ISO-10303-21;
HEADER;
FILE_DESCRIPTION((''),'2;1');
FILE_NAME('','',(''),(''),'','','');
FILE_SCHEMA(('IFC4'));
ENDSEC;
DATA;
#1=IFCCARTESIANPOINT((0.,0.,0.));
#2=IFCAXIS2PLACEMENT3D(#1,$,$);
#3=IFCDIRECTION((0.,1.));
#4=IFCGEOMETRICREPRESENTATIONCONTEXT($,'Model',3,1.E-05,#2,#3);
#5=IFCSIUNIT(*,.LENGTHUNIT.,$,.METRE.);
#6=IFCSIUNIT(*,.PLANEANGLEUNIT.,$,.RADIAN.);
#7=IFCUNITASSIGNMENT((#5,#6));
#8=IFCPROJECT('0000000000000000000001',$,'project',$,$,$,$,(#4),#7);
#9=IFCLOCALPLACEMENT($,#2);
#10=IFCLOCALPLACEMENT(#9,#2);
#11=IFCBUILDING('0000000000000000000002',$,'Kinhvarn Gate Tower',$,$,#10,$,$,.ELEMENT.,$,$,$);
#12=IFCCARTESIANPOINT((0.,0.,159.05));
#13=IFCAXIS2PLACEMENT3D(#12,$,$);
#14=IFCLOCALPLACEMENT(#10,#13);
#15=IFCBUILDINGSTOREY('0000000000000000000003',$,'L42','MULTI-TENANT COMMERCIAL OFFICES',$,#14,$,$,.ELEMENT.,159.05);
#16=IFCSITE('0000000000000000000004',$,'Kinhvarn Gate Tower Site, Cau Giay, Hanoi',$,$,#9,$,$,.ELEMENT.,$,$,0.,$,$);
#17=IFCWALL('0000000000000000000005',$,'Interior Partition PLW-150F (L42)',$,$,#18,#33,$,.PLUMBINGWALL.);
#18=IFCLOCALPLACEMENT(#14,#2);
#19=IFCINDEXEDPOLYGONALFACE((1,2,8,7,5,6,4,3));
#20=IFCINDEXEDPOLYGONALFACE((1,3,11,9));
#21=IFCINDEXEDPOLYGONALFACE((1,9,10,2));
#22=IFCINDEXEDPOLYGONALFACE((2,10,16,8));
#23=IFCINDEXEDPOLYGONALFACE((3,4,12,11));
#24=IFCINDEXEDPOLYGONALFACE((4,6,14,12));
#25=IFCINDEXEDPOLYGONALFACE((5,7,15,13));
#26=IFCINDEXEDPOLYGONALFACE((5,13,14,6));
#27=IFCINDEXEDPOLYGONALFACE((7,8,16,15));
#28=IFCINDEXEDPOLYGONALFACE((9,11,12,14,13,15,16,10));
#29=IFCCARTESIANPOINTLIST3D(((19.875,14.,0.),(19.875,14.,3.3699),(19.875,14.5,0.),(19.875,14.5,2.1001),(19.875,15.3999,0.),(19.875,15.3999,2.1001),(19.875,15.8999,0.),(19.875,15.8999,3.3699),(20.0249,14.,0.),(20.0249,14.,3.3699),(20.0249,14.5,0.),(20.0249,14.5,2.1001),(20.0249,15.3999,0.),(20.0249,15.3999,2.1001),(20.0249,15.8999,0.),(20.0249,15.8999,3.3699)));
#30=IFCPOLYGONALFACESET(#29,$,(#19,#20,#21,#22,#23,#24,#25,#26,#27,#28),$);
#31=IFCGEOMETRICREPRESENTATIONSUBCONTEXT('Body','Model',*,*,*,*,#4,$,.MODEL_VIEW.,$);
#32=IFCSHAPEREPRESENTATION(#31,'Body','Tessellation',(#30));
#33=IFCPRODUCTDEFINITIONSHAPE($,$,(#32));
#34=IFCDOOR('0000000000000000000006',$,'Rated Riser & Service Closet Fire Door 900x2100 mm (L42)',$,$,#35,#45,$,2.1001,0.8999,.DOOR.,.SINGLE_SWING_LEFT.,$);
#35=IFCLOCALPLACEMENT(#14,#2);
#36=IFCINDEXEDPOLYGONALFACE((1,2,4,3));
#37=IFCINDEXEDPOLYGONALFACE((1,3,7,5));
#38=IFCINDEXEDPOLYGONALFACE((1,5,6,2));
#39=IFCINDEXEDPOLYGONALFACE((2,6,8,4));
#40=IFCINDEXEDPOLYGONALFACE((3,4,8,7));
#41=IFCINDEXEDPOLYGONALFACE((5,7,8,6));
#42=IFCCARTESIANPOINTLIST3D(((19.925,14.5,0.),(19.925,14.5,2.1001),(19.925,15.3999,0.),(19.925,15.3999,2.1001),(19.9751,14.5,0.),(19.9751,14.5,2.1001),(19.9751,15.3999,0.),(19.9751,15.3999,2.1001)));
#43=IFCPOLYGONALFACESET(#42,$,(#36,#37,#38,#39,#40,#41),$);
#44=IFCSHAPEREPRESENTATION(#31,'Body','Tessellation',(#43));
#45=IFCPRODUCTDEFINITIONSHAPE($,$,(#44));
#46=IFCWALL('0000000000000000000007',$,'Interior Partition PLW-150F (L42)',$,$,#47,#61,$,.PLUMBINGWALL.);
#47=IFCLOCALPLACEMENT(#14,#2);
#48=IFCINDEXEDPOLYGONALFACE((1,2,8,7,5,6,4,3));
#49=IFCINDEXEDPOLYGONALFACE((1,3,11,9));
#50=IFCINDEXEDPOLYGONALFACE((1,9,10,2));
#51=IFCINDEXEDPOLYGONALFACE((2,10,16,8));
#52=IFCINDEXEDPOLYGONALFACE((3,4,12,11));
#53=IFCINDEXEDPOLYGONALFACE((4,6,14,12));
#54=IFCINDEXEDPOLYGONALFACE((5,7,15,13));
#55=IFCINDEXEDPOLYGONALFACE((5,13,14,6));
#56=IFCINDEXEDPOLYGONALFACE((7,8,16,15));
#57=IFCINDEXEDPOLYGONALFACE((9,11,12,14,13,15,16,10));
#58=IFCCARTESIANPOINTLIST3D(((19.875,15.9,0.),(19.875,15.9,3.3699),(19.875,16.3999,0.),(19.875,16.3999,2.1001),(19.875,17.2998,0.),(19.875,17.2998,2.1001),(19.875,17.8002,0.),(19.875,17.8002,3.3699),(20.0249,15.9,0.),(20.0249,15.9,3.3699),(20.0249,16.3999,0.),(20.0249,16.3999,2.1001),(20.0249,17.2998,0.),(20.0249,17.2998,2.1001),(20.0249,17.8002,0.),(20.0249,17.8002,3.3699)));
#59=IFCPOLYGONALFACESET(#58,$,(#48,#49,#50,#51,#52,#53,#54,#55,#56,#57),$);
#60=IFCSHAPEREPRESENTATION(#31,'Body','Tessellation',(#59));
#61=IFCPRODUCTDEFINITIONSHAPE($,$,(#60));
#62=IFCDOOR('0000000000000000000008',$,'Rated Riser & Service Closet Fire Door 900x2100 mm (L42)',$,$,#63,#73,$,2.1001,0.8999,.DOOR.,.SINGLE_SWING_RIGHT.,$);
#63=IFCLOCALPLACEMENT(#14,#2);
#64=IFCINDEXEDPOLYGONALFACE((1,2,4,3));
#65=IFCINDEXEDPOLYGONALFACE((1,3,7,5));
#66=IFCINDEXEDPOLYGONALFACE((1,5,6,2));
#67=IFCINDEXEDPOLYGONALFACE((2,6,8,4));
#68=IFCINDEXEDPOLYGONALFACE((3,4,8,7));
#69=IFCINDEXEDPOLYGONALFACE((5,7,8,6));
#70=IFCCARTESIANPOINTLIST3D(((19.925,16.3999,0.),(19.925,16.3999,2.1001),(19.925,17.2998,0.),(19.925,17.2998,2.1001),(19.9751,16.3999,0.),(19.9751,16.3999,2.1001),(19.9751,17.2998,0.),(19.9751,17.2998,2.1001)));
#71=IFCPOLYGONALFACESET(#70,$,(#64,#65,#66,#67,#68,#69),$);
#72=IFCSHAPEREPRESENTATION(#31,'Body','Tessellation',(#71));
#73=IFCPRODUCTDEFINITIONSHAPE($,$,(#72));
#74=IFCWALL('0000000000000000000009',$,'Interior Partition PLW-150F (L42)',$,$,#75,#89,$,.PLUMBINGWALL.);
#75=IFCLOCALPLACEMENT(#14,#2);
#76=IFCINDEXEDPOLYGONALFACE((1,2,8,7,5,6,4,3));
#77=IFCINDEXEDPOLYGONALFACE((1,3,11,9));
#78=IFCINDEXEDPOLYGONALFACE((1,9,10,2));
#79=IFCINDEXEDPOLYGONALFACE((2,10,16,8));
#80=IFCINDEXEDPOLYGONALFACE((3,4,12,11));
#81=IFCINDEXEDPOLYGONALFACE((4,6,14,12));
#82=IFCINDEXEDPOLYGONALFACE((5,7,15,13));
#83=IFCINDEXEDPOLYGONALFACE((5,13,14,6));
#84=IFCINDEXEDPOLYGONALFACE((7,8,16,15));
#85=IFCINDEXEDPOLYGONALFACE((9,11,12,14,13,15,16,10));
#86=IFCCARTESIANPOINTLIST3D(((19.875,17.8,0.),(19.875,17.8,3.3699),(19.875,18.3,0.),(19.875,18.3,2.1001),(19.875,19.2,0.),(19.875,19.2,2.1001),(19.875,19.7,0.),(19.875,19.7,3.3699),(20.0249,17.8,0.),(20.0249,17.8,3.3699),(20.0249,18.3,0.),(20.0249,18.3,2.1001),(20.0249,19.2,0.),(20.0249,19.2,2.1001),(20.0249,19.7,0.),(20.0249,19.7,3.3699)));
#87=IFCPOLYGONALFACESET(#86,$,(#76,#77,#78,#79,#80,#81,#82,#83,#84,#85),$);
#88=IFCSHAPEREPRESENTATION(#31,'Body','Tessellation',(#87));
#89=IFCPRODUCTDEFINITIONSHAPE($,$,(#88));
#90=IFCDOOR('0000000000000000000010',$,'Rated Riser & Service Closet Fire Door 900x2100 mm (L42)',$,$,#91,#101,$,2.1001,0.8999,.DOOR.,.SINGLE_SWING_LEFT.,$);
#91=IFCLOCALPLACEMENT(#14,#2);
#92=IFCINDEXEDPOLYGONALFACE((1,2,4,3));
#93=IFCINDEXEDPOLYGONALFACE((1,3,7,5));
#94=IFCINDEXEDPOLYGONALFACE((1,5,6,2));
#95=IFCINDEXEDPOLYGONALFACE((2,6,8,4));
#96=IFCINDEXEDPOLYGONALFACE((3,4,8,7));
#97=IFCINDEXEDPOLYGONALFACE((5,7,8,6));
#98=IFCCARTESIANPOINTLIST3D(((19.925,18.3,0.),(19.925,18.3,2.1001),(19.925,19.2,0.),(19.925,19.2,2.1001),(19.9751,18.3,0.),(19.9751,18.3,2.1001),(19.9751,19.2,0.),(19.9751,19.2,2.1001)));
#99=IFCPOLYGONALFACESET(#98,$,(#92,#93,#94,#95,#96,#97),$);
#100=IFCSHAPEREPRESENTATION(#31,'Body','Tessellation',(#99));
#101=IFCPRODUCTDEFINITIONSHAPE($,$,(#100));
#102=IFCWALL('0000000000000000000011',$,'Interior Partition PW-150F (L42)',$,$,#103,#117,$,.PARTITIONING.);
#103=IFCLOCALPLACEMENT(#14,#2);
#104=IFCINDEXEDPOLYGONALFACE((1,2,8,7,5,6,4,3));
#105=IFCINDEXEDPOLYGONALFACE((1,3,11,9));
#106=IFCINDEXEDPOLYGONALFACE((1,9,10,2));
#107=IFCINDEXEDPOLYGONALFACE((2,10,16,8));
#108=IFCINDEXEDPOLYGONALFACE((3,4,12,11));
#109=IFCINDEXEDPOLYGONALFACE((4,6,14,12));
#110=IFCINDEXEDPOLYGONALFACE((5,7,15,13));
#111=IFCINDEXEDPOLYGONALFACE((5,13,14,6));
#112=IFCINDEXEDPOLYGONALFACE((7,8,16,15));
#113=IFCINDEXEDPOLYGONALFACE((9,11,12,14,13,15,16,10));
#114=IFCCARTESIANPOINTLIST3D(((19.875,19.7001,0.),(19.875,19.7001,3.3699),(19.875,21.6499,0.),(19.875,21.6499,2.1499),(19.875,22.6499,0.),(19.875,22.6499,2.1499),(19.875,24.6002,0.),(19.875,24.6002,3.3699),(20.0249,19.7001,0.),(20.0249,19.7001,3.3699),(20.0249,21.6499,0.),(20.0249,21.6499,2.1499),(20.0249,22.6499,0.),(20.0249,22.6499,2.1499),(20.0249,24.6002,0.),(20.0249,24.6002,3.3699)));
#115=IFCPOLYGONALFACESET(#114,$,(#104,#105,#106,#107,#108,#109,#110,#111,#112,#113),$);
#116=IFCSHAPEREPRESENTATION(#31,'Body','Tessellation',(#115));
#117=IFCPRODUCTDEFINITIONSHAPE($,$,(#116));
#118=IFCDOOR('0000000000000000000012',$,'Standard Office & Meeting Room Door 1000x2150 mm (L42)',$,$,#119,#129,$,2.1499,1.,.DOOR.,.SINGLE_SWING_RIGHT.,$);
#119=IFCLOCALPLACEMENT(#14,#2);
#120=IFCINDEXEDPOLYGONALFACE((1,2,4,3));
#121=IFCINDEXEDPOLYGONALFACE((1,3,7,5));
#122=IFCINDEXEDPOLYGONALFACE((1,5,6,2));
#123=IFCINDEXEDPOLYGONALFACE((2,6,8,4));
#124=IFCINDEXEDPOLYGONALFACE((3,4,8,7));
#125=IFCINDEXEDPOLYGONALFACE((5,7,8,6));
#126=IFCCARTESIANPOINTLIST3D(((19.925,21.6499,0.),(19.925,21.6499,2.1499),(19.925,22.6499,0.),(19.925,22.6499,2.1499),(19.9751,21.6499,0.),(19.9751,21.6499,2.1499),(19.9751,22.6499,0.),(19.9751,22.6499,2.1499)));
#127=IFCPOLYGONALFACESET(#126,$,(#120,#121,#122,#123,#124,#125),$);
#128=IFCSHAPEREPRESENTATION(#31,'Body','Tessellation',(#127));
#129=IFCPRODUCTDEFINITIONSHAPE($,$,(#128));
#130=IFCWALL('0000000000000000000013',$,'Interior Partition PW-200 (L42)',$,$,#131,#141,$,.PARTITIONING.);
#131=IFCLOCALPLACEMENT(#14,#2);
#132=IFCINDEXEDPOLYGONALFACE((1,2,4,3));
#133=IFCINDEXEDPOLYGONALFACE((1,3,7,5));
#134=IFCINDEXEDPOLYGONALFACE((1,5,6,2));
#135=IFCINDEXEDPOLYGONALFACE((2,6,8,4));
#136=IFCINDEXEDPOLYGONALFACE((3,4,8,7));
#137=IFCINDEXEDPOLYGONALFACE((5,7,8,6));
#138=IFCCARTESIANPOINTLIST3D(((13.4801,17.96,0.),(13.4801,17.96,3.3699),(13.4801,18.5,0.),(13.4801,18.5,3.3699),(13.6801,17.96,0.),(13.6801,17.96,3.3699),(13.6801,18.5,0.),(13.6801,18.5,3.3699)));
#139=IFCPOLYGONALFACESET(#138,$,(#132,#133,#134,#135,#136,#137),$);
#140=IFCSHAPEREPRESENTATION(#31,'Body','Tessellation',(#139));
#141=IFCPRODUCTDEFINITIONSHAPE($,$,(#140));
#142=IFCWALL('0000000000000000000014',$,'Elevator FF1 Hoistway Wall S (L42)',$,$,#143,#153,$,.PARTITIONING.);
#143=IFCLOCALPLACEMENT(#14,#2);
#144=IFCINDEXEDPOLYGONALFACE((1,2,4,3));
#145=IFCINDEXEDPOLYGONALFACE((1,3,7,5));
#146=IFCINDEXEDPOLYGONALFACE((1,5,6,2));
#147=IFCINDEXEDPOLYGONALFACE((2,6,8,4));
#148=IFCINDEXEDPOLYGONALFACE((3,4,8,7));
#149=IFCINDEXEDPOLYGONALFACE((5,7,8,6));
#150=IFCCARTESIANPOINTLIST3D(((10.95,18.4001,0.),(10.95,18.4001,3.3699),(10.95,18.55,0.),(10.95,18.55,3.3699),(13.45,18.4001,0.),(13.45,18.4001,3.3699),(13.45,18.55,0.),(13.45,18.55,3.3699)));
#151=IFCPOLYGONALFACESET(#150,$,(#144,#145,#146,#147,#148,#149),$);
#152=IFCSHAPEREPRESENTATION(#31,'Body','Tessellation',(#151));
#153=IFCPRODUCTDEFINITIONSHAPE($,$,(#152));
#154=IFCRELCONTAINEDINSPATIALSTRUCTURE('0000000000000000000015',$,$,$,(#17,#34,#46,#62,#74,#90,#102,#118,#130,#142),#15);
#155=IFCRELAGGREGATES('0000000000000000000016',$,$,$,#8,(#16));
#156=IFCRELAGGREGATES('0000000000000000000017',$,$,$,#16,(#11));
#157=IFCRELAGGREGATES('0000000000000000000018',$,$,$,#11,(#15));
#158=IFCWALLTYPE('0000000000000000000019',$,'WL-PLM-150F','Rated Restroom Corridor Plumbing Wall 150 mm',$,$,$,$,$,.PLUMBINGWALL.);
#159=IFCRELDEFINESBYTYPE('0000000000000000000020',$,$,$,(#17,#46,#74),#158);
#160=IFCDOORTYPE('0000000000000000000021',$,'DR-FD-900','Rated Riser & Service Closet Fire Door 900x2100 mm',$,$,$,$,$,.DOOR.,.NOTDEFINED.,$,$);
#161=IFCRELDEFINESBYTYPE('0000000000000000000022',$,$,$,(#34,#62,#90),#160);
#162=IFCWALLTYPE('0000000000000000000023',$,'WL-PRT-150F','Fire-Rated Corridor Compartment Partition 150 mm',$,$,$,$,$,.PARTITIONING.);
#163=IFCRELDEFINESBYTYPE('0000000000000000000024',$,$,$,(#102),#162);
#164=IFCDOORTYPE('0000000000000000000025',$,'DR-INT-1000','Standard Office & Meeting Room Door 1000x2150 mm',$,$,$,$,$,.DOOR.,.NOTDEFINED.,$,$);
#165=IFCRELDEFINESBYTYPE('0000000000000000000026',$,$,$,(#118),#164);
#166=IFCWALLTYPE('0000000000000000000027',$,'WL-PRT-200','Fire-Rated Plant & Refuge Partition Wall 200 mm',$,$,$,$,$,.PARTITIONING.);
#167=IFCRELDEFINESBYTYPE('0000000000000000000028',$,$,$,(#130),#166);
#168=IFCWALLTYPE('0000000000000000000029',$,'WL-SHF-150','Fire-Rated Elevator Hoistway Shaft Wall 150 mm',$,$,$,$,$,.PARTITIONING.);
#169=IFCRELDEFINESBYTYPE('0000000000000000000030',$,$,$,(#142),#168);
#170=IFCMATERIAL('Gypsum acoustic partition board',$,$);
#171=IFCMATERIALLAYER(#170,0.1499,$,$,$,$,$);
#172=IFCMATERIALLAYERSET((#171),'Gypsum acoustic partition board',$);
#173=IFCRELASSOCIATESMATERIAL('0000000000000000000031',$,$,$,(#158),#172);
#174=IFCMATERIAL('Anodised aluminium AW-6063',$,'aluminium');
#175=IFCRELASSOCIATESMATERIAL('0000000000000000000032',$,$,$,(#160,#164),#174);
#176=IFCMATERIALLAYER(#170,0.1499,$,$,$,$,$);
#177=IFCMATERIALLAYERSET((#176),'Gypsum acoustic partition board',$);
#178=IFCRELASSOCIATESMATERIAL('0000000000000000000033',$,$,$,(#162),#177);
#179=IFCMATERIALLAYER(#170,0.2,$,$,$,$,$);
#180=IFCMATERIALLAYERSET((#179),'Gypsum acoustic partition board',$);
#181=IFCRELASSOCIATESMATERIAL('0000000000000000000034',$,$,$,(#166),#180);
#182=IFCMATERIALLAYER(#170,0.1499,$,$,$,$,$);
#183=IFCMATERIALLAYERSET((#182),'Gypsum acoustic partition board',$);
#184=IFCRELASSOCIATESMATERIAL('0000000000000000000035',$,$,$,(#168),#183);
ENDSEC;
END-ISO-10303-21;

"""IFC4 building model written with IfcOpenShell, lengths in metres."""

from ifc_helpers import new_model, si_unit, direction, frame, frame_2d, origin, place, context, subcontext, project, spatial, rectangle, extrude, material, layer, layer_set, type_object, element, fill, save


model = new_model("IFC4")

# Units and contexts
model_context = context("Model", 3, precision=1e-05, world=origin(), true_north=direction((0.0, 1.0)))
body_context = subcontext(model_context, "Body", "Model", "MODEL_VIEW")
ifc_project = project(units=[si_unit("LENGTHUNIT", "METRE"), si_unit("PLANEANGLEUNIT", "RADIAN")], contexts=[model_context])

# Site, building, storey
site_placement = place(None, origin())
site = spatial("IfcSite", under=ifc_project, at=site_placement, Name="Kinhvarn Gate Tower Site, Cau Giay, Hanoi", CompositionType="ELEMENT", RefElevation=0.0)
building_placement = place(site_placement, origin())
building = spatial("IfcBuilding", under=site, at=building_placement, Name="Kinhvarn Gate Tower", CompositionType="ELEMENT")
storey_placement = place(building_placement, frame((0.0, 0.0, 159.05)))
storey = spatial("IfcBuildingStorey", under=building, at=storey_placement, Name="L42", Description="MULTI-TENANT COMMERCIAL OFFICES", CompositionType="ELEMENT", Elevation=159.05)

# Shared definitions
ifc_material_1 = material(Name="Anodised aluminium AW-6063", Category="aluminium")

# Shared definitions
ifc_material_2 = material(Name="Gypsum acoustic partition board")

# Walls, openings, doors
ifc_layer_1 = layer(ifc_material_2, 0.1499)
ifc_layer_set_1 = layer_set([ifc_layer_1], Name="Gypsum acoustic partition board")
wall_type_1 = type_object("IfcWallType", Name="WL-PLM-150F", Description="Rated Restroom Corridor Plumbing Wall 150 mm", PredefinedType="PLUMBINGWALL", material=ifc_layer_set_1)
wall_1_placement = place(storey_placement, frame((19.95, 14.0, 0.0), z_axis=(0.0, 0.0, 1.0), x_axis=(0.0, 1.0, 0.0)))
wall_1 = element("IfcWall", 1, at=wall_1_placement, inside=storey, type_object=wall_type_1, Name="Interior Partition PLW-150F (L42)", PredefinedType="PLUMBINGWALL", context=body_context, shape_type="SweptSolid", body=[
    extrude(rectangle(XDim=1.8999, YDim=0.1499, at=frame_2d((0.95, 0.0))), origin(), (0.0, 0.0, 1.0), 3.3699),
])
opening_1_placement = place(wall_1_placement, frame((0.5, 0.0, 0.0)))
opening_1 = element("IfcOpeningElement", 2, at=opening_1_placement, cuts=wall_1, PredefinedType="OPENING", context=body_context, shape_type="SweptSolid", body=[
    extrude(rectangle(XDim=0.8999, YDim=2.1001, at=frame_2d((0.45, 1.05))), frame((0.0, 0.085, 0.0), z_axis=(0.0, -1.0, 0.0), x_axis=(1.0, 0.0, 0.0)), (0.0, 0.0, 1.0), 0.1699),
])
door_type_1 = type_object("IfcDoorType", Name="DR-FD-900", Description="Rated Riser & Service Closet Fire Door 900x2100 mm", OperationType="NOTDEFINED", PredefinedType="DOOR", material=ifc_material_1)
door_1_placement = place(opening_1_placement, origin())
door_1 = element("IfcDoor", 3, at=door_1_placement, inside=storey, type_object=door_type_1, Name="Rated Riser & Service Closet Fire Door 900x2100 mm (L42)", OperationType="SINGLE_SWING_LEFT", OverallHeight=2.1001, OverallWidth=0.8999, PredefinedType="DOOR", context=body_context, shape_type="SweptSolid", body=[
    extrude(rectangle(XDim=0.8999, YDim=2.1001, at=frame_2d((0.45, 1.05))), frame((0.0, 0.0249, 0.0), z_axis=(0.0, -1.0, 0.0), x_axis=(1.0, 0.0, 0.0)), (0.0, 0.0, 1.0), 0.05),
])
fill(opening_1, door_1)
wall_2_placement = place(storey_placement, frame((19.95, 15.8999, 0.0), z_axis=(0.0, 0.0, 1.0), x_axis=(0.0, 1.0, 0.0)))
wall_2 = element("IfcWall", 4, at=wall_2_placement, inside=storey, type_object=wall_type_1, Name="Interior Partition PLW-150F (L42)", PredefinedType="PLUMBINGWALL", context=body_context, shape_type="SweptSolid", body=[
    extrude(rectangle(XDim=1.9001, YDim=0.1499, at=frame_2d((0.9502, 0.0))), origin(), (0.0, 0.0, 1.0), 3.3699),
])
opening_2_placement = place(wall_2_placement, frame((0.5, 0.0, 0.0)))
opening_2 = element("IfcOpeningElement", 5, at=opening_2_placement, cuts=wall_2, PredefinedType="OPENING", context=body_context, shape_type="SweptSolid", body=[
    extrude(rectangle(XDim=0.8999, YDim=2.1001, at=frame_2d((0.45, 1.05))), frame((0.0, 0.085, 0.0), z_axis=(0.0, -1.0, 0.0), x_axis=(1.0, 0.0, 0.0)), (0.0, 0.0, 1.0), 0.1699),
])
door_2_placement = place(opening_2_placement, origin())
door_2 = element("IfcDoor", 6, at=door_2_placement, inside=storey, type_object=door_type_1, Name="Rated Riser & Service Closet Fire Door 900x2100 mm (L42)", OperationType="SINGLE_SWING_RIGHT", OverallHeight=2.1001, OverallWidth=0.8999, PredefinedType="DOOR", context=body_context, shape_type="SweptSolid", body=[
    extrude(rectangle(XDim=0.8999, YDim=2.1001, at=frame_2d((0.45, 1.05))), frame((0.0, 0.0249, 0.0), z_axis=(0.0, -1.0, 0.0), x_axis=(1.0, 0.0, 0.0)), (0.0, 0.0, 1.0), 0.05),
])
fill(opening_2, door_2)
wall_3_placement = place(storey_placement, frame((19.95, 17.8, 0.0), z_axis=(0.0, 0.0, 1.0), x_axis=(0.0, 1.0, 0.0)))
wall_3 = element("IfcWall", 7, at=wall_3_placement, inside=storey, type_object=wall_type_1, Name="Interior Partition PLW-150F (L42)", PredefinedType="PLUMBINGWALL", context=body_context, shape_type="SweptSolid", body=[
    extrude(rectangle(XDim=1.8999, YDim=0.1499, at=frame_2d((0.95, 0.0))), origin(), (0.0, 0.0, 1.0), 3.3699),
])
opening_3_placement = place(wall_3_placement, frame((0.5, 0.0, 0.0)))
opening_3 = element("IfcOpeningElement", 8, at=opening_3_placement, cuts=wall_3, PredefinedType="OPENING", context=body_context, shape_type="SweptSolid", body=[
    extrude(rectangle(XDim=0.8999, YDim=2.1001, at=frame_2d((0.45, 1.05))), frame((0.0, 0.085, 0.0), z_axis=(0.0, -1.0, 0.0), x_axis=(1.0, 0.0, 0.0)), (0.0, 0.0, 1.0), 0.1699),
])
door_3_placement = place(opening_3_placement, origin())
door_3 = element("IfcDoor", 9, at=door_3_placement, inside=storey, type_object=door_type_1, Name="Rated Riser & Service Closet Fire Door 900x2100 mm (L42)", OperationType="SINGLE_SWING_LEFT", OverallHeight=2.1001, OverallWidth=0.8999, PredefinedType="DOOR", context=body_context, shape_type="SweptSolid", body=[
    extrude(rectangle(XDim=0.8999, YDim=2.1001, at=frame_2d((0.45, 1.05))), frame((0.0, 0.0249, 0.0), z_axis=(0.0, -1.0, 0.0), x_axis=(1.0, 0.0, 0.0)), (0.0, 0.0, 1.0), 0.05),
])
fill(opening_3, door_3)
ifc_layer_2 = layer(ifc_material_2, 0.1499)
ifc_layer_set_2 = layer_set([ifc_layer_2], Name="Gypsum acoustic partition board")
wall_type_2 = type_object("IfcWallType", Name="WL-PRT-150F", Description="Fire-Rated Corridor Compartment Partition 150 mm", PredefinedType="PARTITIONING", material=ifc_layer_set_2)
wall_4_placement = place(storey_placement, frame((19.95, 19.7, 0.0), z_axis=(0.0, 0.0, 1.0), x_axis=(0.0, 1.0, 0.0)))
wall_4 = element("IfcWall", 10, at=wall_4_placement, inside=storey, type_object=wall_type_2, Name="Interior Partition PW-150F (L42)", PredefinedType="PARTITIONING", context=body_context, shape_type="SweptSolid", body=[
    extrude(rectangle(XDim=4.9001, YDim=0.1499, at=frame_2d((2.4502, 0.0))), origin(), (0.0, 0.0, 1.0), 3.3699),
])
opening_4_placement = place(wall_4_placement, frame((1.95, 0.0, 0.0)))
opening_4 = element("IfcOpeningElement", 11, at=opening_4_placement, cuts=wall_4, PredefinedType="OPENING", context=body_context, shape_type="SweptSolid", body=[
    extrude(rectangle(XDim=1.0, YDim=2.1499, at=frame_2d((0.5, 1.075))), frame((0.0, 0.085, 0.0), z_axis=(0.0, -1.0, 0.0), x_axis=(1.0, 0.0, 0.0)), (0.0, 0.0, 1.0), 0.1699),
])
door_type_2 = type_object("IfcDoorType", Name="DR-INT-1000", Description="Standard Office & Meeting Room Door 1000x2150 mm", OperationType="NOTDEFINED", PredefinedType="DOOR", material=ifc_material_1)
door_4_placement = place(opening_4_placement, origin())
door_4 = element("IfcDoor", 12, at=door_4_placement, inside=storey, type_object=door_type_2, Name="Standard Office & Meeting Room Door 1000x2150 mm (L42)", OperationType="SINGLE_SWING_RIGHT", OverallHeight=2.1499, OverallWidth=1.0, PredefinedType="DOOR", context=body_context, shape_type="SweptSolid", body=[
    extrude(rectangle(XDim=1.0, YDim=2.1499, at=frame_2d((0.5, 1.075))), frame((0.0, 0.0249, 0.0), z_axis=(0.0, -1.0, 0.0), x_axis=(1.0, 0.0, 0.0)), (0.0, 0.0, 1.0), 0.05),
])
fill(opening_4, door_4)

# Walls
ifc_layer_3 = layer(ifc_material_2, 0.2)
ifc_layer_set_3 = layer_set([ifc_layer_3], Name="Gypsum acoustic partition board")
wall_type_3 = type_object("IfcWallType", Name="WL-PRT-200", Description="Fire-Rated Plant & Refuge Partition Wall 200 mm", PredefinedType="PARTITIONING", material=ifc_layer_set_3)
wall_5_placement = place(storey_placement, frame((13.5801, 17.96, 0.0), z_axis=(0.0, 0.0, 1.0), x_axis=(0.0, 1.0, 0.0)))
element("IfcWall", 13, at=wall_5_placement, inside=storey, type_object=wall_type_3, Name="Interior Partition PW-200 (L42)", PredefinedType="PARTITIONING", context=body_context, shape_type="SweptSolid", body=[
    extrude(rectangle(XDim=0.54, YDim=0.2, at=frame_2d((0.27, 0.0))), origin(), (0.0, 0.0, 1.0), 3.3699),
])
ifc_layer_4 = layer(ifc_material_2, 0.1499)
ifc_layer_set_4 = layer_set([ifc_layer_4], Name="Gypsum acoustic partition board")
wall_type_4 = type_object("IfcWallType", Name="WL-SHF-150", Description="Fire-Rated Elevator Hoistway Shaft Wall 150 mm", PredefinedType="PARTITIONING", material=ifc_layer_set_4)
wall_6_placement = place(storey_placement, frame((10.95, 18.4751, 0.0), z_axis=(0.0, 0.0, 1.0), x_axis=(1.0, 0.0, 0.0)))
element("IfcWall", 14, at=wall_6_placement, inside=storey, type_object=wall_type_4, Name="Elevator FF1 Hoistway Wall S (L42)", PredefinedType="PARTITIONING", context=body_context, shape_type="SweptSolid", body=[
    extrude(rectangle(XDim=2.5, YDim=0.1499, at=frame_2d((1.25, 0.0))), origin(), (0.0, 0.0, 1.0), 3.3699),
])

save(model, "model.ifc")
